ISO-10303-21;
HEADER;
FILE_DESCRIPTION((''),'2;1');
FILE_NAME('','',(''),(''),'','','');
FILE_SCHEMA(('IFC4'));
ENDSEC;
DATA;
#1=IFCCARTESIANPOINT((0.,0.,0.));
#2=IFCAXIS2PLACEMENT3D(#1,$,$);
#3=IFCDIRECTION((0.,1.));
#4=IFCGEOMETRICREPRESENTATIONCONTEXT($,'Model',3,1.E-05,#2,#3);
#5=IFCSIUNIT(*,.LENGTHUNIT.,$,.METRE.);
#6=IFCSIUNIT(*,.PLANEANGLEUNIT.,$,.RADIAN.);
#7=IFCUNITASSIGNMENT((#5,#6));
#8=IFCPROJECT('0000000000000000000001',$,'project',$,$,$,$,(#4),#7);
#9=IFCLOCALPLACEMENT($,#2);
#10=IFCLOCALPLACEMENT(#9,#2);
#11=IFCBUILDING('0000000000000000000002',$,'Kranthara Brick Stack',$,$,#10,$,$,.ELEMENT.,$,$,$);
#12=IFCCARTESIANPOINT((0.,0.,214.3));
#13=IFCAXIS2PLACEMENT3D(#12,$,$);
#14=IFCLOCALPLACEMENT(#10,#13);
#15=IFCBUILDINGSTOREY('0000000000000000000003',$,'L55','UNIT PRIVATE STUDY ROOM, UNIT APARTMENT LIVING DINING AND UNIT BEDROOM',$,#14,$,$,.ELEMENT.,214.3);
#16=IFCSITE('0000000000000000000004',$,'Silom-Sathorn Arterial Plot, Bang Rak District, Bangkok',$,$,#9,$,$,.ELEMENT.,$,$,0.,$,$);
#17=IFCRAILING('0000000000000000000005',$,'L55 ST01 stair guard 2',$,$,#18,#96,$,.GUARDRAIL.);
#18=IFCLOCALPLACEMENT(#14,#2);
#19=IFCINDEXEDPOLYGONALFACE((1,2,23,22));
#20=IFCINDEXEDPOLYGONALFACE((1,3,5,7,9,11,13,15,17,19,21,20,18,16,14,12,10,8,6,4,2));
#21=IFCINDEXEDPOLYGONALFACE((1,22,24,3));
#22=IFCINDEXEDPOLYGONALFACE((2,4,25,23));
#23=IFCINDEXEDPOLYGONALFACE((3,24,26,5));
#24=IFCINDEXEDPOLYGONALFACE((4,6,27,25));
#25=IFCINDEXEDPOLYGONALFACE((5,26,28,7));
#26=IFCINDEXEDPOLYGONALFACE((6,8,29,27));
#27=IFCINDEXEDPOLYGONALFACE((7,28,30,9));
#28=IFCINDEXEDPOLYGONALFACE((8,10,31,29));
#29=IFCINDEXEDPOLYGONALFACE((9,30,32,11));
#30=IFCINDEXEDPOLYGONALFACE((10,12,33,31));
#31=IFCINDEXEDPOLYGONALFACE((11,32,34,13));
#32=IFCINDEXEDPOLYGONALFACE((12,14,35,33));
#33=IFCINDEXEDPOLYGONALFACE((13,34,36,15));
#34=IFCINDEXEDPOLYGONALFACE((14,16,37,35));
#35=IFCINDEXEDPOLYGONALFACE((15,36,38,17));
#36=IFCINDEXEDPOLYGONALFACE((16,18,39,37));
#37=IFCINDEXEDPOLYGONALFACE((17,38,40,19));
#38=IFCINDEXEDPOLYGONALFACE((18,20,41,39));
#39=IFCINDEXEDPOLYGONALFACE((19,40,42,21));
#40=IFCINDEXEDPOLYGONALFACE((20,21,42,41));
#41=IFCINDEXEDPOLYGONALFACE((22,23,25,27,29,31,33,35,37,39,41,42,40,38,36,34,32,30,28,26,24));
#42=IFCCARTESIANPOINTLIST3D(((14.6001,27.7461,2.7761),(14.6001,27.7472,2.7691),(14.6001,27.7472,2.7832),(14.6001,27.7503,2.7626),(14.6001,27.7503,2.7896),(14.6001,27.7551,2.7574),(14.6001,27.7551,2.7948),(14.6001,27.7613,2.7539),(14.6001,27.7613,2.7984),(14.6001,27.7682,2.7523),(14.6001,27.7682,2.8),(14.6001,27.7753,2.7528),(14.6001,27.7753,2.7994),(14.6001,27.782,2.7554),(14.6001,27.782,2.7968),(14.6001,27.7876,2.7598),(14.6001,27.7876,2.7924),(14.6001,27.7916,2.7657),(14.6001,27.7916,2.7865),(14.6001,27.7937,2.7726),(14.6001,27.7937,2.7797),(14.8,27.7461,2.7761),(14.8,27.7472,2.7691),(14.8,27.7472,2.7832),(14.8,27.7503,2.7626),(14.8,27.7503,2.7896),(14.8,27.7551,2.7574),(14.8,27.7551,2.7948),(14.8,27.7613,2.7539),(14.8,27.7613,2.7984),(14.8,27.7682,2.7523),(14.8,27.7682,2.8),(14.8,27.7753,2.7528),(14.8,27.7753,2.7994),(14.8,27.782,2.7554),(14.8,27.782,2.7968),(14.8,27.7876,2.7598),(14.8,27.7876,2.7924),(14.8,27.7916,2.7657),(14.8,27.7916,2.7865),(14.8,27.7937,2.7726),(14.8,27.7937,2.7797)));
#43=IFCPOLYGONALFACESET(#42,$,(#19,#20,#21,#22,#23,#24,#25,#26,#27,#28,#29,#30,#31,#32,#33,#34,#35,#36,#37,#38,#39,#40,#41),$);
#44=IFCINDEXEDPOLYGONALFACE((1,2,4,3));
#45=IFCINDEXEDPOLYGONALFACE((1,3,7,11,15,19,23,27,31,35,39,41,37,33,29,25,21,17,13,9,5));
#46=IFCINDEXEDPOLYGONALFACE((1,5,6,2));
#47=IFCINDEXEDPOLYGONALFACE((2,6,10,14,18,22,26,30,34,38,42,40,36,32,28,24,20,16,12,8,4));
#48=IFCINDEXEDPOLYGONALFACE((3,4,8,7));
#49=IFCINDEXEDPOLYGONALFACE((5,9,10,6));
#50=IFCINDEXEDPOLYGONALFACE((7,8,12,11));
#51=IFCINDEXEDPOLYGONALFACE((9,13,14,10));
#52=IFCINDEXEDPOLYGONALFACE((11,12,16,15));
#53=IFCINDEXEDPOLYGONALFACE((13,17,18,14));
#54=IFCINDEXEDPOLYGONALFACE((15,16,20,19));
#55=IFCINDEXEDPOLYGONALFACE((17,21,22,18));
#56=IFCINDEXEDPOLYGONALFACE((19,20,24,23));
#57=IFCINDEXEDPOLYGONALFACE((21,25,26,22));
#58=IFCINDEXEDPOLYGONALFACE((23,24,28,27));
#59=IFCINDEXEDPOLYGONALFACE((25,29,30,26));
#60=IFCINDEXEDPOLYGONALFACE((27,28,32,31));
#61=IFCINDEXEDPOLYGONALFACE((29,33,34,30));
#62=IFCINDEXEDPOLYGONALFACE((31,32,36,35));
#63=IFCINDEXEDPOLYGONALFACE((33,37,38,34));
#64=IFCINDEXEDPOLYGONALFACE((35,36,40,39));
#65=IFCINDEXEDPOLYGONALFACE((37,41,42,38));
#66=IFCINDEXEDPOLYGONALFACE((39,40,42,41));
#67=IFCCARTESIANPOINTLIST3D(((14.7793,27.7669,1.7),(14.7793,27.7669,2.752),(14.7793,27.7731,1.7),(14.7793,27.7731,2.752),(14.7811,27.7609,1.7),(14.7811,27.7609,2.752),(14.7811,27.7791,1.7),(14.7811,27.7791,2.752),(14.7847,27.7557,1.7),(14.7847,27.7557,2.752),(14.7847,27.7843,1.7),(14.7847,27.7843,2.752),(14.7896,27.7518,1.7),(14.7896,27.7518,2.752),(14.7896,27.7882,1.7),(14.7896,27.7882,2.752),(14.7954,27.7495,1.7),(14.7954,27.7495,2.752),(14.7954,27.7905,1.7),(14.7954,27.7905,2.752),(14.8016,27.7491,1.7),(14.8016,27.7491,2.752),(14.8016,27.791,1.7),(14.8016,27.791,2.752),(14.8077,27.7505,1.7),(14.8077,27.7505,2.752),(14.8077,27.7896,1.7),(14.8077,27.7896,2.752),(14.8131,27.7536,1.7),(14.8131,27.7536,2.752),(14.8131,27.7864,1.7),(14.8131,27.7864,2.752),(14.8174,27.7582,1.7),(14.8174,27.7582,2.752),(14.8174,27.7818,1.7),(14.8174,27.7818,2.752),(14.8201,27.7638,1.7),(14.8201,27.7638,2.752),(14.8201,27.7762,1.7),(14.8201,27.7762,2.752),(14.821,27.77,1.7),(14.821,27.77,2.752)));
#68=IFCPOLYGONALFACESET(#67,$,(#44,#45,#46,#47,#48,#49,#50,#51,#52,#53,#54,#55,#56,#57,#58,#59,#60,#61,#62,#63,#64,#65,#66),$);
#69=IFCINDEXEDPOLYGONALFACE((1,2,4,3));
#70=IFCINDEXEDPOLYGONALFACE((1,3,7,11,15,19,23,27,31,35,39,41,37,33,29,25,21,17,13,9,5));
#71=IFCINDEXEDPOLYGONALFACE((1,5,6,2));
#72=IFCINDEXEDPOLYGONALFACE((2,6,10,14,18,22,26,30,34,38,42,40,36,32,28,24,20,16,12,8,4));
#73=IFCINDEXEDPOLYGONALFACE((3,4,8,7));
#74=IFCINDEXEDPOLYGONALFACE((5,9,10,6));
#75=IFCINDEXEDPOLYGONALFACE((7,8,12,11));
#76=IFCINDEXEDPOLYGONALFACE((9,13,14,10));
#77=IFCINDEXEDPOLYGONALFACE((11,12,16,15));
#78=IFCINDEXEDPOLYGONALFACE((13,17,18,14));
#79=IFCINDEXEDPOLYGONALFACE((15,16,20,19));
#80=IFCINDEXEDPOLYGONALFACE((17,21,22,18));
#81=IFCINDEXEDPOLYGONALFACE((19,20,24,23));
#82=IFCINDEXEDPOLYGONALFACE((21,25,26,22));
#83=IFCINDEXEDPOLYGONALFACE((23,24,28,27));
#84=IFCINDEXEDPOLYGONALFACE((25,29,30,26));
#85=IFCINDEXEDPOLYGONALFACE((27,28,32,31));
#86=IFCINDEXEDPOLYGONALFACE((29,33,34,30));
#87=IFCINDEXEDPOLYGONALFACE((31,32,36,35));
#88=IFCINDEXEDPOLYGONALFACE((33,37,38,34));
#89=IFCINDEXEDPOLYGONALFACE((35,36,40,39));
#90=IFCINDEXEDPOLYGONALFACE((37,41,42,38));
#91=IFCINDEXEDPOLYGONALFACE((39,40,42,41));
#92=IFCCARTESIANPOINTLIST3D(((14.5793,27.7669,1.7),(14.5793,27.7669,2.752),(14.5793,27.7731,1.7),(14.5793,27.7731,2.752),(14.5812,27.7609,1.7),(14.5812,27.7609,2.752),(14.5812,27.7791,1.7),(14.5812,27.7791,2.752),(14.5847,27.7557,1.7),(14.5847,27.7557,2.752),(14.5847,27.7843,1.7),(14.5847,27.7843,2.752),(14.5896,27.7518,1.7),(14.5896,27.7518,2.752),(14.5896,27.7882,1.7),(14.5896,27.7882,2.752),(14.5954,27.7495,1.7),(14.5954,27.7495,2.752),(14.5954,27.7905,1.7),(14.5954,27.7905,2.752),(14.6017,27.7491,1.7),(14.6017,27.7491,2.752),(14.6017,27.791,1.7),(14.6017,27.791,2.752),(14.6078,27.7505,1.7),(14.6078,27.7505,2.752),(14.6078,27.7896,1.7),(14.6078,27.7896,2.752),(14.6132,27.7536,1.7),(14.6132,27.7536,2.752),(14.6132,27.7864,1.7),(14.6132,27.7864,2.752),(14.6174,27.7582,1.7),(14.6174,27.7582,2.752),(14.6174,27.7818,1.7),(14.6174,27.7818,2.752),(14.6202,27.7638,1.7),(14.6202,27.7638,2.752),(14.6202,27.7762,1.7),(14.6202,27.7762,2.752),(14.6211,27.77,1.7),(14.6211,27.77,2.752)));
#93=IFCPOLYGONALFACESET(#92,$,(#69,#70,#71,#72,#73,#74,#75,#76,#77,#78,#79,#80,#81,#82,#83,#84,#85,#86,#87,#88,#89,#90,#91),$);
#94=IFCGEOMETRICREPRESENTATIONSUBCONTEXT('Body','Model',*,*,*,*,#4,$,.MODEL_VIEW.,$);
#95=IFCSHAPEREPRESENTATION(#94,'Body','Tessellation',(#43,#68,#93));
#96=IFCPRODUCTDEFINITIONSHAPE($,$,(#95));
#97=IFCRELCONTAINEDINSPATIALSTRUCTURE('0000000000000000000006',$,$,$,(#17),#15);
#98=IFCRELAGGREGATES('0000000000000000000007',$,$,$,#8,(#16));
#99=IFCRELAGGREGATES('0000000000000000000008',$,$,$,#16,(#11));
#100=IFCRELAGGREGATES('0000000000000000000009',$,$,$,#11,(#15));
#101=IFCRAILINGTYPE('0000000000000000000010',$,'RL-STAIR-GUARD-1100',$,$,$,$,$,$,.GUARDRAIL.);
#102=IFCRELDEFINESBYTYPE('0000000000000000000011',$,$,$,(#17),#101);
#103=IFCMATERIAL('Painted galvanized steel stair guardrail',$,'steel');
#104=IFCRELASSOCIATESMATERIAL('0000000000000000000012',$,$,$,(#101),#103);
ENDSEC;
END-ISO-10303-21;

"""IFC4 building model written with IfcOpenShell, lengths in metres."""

from ifc_helpers import new_model, si_unit, direction, frame, origin, origin_2d, place, context, subcontext, project, spatial, circle, extrude, material, type_object, element, save


model = new_model("IFC4")

# Units and contexts
model_context = context("Model", 3, precision=1e-05, world=origin(), true_north=direction((0.0, 1.0)))
body_context = subcontext(model_context, "Body", "Model", "MODEL_VIEW")
ifc_project = project(units=[si_unit("LENGTHUNIT", "METRE"), si_unit("PLANEANGLEUNIT", "RADIAN")], contexts=[model_context])

# Site, building, storey
site_placement = place(None, origin())
site = spatial("IfcSite", under=ifc_project, at=site_placement, Name="Silom-Sathorn Arterial Plot, Bang Rak District, Bangkok", CompositionType="ELEMENT", RefElevation=0.0)
building_placement = place(site_placement, origin())
building = spatial("IfcBuilding", under=site, at=building_placement, Name="Kranthara Brick Stack", CompositionType="ELEMENT")
storey_placement = place(building_placement, frame((0.0, 0.0, 214.3)))
storey = spatial("IfcBuildingStorey", under=building, at=storey_placement, Name="L55", Description="UNIT PRIVATE STUDY ROOM, UNIT APARTMENT LIVING DINING AND UNIT BEDROOM", CompositionType="ELEMENT", Elevation=214.3)

# Railing
ifc_material_1 = material(Name="Painted galvanized steel stair guardrail", Category="steel")
railing_type_1 = type_object("IfcRailingType", Name="RL-STAIR-GUARD-1100", PredefinedType="GUARDRAIL", material=ifc_material_1)
railing_1_placement = place(storey_placement, frame((14.8, 27.77, 1.7)))
element("IfcRailing", 1, at=railing_1_placement, inside=storey, type_object=railing_type_1, Name="L55 ST01 stair guard 2", PredefinedType="GUARDRAIL", context=body_context, shape_type="SweptSolid", body=[
    extrude(circle(Radius=0.0239, at=origin_2d()), frame((0.0, 0.0, 1.0762), z_axis=(-1.0, 0.0, 0.0), x_axis=(0.0, -1.0, 0.0)), (0.0, 0.0, 1.0), 0.2),
    extrude(circle(Radius=0.021, at=origin_2d()), origin(), (0.0, 0.0, 1.0), 1.052),
    extrude(circle(Radius=0.021, at=origin_2d()), frame((-0.2, 0.0, 0.0)), (0.0, 0.0, 1.0), 1.052),
])

save(model, "model.ifc")
